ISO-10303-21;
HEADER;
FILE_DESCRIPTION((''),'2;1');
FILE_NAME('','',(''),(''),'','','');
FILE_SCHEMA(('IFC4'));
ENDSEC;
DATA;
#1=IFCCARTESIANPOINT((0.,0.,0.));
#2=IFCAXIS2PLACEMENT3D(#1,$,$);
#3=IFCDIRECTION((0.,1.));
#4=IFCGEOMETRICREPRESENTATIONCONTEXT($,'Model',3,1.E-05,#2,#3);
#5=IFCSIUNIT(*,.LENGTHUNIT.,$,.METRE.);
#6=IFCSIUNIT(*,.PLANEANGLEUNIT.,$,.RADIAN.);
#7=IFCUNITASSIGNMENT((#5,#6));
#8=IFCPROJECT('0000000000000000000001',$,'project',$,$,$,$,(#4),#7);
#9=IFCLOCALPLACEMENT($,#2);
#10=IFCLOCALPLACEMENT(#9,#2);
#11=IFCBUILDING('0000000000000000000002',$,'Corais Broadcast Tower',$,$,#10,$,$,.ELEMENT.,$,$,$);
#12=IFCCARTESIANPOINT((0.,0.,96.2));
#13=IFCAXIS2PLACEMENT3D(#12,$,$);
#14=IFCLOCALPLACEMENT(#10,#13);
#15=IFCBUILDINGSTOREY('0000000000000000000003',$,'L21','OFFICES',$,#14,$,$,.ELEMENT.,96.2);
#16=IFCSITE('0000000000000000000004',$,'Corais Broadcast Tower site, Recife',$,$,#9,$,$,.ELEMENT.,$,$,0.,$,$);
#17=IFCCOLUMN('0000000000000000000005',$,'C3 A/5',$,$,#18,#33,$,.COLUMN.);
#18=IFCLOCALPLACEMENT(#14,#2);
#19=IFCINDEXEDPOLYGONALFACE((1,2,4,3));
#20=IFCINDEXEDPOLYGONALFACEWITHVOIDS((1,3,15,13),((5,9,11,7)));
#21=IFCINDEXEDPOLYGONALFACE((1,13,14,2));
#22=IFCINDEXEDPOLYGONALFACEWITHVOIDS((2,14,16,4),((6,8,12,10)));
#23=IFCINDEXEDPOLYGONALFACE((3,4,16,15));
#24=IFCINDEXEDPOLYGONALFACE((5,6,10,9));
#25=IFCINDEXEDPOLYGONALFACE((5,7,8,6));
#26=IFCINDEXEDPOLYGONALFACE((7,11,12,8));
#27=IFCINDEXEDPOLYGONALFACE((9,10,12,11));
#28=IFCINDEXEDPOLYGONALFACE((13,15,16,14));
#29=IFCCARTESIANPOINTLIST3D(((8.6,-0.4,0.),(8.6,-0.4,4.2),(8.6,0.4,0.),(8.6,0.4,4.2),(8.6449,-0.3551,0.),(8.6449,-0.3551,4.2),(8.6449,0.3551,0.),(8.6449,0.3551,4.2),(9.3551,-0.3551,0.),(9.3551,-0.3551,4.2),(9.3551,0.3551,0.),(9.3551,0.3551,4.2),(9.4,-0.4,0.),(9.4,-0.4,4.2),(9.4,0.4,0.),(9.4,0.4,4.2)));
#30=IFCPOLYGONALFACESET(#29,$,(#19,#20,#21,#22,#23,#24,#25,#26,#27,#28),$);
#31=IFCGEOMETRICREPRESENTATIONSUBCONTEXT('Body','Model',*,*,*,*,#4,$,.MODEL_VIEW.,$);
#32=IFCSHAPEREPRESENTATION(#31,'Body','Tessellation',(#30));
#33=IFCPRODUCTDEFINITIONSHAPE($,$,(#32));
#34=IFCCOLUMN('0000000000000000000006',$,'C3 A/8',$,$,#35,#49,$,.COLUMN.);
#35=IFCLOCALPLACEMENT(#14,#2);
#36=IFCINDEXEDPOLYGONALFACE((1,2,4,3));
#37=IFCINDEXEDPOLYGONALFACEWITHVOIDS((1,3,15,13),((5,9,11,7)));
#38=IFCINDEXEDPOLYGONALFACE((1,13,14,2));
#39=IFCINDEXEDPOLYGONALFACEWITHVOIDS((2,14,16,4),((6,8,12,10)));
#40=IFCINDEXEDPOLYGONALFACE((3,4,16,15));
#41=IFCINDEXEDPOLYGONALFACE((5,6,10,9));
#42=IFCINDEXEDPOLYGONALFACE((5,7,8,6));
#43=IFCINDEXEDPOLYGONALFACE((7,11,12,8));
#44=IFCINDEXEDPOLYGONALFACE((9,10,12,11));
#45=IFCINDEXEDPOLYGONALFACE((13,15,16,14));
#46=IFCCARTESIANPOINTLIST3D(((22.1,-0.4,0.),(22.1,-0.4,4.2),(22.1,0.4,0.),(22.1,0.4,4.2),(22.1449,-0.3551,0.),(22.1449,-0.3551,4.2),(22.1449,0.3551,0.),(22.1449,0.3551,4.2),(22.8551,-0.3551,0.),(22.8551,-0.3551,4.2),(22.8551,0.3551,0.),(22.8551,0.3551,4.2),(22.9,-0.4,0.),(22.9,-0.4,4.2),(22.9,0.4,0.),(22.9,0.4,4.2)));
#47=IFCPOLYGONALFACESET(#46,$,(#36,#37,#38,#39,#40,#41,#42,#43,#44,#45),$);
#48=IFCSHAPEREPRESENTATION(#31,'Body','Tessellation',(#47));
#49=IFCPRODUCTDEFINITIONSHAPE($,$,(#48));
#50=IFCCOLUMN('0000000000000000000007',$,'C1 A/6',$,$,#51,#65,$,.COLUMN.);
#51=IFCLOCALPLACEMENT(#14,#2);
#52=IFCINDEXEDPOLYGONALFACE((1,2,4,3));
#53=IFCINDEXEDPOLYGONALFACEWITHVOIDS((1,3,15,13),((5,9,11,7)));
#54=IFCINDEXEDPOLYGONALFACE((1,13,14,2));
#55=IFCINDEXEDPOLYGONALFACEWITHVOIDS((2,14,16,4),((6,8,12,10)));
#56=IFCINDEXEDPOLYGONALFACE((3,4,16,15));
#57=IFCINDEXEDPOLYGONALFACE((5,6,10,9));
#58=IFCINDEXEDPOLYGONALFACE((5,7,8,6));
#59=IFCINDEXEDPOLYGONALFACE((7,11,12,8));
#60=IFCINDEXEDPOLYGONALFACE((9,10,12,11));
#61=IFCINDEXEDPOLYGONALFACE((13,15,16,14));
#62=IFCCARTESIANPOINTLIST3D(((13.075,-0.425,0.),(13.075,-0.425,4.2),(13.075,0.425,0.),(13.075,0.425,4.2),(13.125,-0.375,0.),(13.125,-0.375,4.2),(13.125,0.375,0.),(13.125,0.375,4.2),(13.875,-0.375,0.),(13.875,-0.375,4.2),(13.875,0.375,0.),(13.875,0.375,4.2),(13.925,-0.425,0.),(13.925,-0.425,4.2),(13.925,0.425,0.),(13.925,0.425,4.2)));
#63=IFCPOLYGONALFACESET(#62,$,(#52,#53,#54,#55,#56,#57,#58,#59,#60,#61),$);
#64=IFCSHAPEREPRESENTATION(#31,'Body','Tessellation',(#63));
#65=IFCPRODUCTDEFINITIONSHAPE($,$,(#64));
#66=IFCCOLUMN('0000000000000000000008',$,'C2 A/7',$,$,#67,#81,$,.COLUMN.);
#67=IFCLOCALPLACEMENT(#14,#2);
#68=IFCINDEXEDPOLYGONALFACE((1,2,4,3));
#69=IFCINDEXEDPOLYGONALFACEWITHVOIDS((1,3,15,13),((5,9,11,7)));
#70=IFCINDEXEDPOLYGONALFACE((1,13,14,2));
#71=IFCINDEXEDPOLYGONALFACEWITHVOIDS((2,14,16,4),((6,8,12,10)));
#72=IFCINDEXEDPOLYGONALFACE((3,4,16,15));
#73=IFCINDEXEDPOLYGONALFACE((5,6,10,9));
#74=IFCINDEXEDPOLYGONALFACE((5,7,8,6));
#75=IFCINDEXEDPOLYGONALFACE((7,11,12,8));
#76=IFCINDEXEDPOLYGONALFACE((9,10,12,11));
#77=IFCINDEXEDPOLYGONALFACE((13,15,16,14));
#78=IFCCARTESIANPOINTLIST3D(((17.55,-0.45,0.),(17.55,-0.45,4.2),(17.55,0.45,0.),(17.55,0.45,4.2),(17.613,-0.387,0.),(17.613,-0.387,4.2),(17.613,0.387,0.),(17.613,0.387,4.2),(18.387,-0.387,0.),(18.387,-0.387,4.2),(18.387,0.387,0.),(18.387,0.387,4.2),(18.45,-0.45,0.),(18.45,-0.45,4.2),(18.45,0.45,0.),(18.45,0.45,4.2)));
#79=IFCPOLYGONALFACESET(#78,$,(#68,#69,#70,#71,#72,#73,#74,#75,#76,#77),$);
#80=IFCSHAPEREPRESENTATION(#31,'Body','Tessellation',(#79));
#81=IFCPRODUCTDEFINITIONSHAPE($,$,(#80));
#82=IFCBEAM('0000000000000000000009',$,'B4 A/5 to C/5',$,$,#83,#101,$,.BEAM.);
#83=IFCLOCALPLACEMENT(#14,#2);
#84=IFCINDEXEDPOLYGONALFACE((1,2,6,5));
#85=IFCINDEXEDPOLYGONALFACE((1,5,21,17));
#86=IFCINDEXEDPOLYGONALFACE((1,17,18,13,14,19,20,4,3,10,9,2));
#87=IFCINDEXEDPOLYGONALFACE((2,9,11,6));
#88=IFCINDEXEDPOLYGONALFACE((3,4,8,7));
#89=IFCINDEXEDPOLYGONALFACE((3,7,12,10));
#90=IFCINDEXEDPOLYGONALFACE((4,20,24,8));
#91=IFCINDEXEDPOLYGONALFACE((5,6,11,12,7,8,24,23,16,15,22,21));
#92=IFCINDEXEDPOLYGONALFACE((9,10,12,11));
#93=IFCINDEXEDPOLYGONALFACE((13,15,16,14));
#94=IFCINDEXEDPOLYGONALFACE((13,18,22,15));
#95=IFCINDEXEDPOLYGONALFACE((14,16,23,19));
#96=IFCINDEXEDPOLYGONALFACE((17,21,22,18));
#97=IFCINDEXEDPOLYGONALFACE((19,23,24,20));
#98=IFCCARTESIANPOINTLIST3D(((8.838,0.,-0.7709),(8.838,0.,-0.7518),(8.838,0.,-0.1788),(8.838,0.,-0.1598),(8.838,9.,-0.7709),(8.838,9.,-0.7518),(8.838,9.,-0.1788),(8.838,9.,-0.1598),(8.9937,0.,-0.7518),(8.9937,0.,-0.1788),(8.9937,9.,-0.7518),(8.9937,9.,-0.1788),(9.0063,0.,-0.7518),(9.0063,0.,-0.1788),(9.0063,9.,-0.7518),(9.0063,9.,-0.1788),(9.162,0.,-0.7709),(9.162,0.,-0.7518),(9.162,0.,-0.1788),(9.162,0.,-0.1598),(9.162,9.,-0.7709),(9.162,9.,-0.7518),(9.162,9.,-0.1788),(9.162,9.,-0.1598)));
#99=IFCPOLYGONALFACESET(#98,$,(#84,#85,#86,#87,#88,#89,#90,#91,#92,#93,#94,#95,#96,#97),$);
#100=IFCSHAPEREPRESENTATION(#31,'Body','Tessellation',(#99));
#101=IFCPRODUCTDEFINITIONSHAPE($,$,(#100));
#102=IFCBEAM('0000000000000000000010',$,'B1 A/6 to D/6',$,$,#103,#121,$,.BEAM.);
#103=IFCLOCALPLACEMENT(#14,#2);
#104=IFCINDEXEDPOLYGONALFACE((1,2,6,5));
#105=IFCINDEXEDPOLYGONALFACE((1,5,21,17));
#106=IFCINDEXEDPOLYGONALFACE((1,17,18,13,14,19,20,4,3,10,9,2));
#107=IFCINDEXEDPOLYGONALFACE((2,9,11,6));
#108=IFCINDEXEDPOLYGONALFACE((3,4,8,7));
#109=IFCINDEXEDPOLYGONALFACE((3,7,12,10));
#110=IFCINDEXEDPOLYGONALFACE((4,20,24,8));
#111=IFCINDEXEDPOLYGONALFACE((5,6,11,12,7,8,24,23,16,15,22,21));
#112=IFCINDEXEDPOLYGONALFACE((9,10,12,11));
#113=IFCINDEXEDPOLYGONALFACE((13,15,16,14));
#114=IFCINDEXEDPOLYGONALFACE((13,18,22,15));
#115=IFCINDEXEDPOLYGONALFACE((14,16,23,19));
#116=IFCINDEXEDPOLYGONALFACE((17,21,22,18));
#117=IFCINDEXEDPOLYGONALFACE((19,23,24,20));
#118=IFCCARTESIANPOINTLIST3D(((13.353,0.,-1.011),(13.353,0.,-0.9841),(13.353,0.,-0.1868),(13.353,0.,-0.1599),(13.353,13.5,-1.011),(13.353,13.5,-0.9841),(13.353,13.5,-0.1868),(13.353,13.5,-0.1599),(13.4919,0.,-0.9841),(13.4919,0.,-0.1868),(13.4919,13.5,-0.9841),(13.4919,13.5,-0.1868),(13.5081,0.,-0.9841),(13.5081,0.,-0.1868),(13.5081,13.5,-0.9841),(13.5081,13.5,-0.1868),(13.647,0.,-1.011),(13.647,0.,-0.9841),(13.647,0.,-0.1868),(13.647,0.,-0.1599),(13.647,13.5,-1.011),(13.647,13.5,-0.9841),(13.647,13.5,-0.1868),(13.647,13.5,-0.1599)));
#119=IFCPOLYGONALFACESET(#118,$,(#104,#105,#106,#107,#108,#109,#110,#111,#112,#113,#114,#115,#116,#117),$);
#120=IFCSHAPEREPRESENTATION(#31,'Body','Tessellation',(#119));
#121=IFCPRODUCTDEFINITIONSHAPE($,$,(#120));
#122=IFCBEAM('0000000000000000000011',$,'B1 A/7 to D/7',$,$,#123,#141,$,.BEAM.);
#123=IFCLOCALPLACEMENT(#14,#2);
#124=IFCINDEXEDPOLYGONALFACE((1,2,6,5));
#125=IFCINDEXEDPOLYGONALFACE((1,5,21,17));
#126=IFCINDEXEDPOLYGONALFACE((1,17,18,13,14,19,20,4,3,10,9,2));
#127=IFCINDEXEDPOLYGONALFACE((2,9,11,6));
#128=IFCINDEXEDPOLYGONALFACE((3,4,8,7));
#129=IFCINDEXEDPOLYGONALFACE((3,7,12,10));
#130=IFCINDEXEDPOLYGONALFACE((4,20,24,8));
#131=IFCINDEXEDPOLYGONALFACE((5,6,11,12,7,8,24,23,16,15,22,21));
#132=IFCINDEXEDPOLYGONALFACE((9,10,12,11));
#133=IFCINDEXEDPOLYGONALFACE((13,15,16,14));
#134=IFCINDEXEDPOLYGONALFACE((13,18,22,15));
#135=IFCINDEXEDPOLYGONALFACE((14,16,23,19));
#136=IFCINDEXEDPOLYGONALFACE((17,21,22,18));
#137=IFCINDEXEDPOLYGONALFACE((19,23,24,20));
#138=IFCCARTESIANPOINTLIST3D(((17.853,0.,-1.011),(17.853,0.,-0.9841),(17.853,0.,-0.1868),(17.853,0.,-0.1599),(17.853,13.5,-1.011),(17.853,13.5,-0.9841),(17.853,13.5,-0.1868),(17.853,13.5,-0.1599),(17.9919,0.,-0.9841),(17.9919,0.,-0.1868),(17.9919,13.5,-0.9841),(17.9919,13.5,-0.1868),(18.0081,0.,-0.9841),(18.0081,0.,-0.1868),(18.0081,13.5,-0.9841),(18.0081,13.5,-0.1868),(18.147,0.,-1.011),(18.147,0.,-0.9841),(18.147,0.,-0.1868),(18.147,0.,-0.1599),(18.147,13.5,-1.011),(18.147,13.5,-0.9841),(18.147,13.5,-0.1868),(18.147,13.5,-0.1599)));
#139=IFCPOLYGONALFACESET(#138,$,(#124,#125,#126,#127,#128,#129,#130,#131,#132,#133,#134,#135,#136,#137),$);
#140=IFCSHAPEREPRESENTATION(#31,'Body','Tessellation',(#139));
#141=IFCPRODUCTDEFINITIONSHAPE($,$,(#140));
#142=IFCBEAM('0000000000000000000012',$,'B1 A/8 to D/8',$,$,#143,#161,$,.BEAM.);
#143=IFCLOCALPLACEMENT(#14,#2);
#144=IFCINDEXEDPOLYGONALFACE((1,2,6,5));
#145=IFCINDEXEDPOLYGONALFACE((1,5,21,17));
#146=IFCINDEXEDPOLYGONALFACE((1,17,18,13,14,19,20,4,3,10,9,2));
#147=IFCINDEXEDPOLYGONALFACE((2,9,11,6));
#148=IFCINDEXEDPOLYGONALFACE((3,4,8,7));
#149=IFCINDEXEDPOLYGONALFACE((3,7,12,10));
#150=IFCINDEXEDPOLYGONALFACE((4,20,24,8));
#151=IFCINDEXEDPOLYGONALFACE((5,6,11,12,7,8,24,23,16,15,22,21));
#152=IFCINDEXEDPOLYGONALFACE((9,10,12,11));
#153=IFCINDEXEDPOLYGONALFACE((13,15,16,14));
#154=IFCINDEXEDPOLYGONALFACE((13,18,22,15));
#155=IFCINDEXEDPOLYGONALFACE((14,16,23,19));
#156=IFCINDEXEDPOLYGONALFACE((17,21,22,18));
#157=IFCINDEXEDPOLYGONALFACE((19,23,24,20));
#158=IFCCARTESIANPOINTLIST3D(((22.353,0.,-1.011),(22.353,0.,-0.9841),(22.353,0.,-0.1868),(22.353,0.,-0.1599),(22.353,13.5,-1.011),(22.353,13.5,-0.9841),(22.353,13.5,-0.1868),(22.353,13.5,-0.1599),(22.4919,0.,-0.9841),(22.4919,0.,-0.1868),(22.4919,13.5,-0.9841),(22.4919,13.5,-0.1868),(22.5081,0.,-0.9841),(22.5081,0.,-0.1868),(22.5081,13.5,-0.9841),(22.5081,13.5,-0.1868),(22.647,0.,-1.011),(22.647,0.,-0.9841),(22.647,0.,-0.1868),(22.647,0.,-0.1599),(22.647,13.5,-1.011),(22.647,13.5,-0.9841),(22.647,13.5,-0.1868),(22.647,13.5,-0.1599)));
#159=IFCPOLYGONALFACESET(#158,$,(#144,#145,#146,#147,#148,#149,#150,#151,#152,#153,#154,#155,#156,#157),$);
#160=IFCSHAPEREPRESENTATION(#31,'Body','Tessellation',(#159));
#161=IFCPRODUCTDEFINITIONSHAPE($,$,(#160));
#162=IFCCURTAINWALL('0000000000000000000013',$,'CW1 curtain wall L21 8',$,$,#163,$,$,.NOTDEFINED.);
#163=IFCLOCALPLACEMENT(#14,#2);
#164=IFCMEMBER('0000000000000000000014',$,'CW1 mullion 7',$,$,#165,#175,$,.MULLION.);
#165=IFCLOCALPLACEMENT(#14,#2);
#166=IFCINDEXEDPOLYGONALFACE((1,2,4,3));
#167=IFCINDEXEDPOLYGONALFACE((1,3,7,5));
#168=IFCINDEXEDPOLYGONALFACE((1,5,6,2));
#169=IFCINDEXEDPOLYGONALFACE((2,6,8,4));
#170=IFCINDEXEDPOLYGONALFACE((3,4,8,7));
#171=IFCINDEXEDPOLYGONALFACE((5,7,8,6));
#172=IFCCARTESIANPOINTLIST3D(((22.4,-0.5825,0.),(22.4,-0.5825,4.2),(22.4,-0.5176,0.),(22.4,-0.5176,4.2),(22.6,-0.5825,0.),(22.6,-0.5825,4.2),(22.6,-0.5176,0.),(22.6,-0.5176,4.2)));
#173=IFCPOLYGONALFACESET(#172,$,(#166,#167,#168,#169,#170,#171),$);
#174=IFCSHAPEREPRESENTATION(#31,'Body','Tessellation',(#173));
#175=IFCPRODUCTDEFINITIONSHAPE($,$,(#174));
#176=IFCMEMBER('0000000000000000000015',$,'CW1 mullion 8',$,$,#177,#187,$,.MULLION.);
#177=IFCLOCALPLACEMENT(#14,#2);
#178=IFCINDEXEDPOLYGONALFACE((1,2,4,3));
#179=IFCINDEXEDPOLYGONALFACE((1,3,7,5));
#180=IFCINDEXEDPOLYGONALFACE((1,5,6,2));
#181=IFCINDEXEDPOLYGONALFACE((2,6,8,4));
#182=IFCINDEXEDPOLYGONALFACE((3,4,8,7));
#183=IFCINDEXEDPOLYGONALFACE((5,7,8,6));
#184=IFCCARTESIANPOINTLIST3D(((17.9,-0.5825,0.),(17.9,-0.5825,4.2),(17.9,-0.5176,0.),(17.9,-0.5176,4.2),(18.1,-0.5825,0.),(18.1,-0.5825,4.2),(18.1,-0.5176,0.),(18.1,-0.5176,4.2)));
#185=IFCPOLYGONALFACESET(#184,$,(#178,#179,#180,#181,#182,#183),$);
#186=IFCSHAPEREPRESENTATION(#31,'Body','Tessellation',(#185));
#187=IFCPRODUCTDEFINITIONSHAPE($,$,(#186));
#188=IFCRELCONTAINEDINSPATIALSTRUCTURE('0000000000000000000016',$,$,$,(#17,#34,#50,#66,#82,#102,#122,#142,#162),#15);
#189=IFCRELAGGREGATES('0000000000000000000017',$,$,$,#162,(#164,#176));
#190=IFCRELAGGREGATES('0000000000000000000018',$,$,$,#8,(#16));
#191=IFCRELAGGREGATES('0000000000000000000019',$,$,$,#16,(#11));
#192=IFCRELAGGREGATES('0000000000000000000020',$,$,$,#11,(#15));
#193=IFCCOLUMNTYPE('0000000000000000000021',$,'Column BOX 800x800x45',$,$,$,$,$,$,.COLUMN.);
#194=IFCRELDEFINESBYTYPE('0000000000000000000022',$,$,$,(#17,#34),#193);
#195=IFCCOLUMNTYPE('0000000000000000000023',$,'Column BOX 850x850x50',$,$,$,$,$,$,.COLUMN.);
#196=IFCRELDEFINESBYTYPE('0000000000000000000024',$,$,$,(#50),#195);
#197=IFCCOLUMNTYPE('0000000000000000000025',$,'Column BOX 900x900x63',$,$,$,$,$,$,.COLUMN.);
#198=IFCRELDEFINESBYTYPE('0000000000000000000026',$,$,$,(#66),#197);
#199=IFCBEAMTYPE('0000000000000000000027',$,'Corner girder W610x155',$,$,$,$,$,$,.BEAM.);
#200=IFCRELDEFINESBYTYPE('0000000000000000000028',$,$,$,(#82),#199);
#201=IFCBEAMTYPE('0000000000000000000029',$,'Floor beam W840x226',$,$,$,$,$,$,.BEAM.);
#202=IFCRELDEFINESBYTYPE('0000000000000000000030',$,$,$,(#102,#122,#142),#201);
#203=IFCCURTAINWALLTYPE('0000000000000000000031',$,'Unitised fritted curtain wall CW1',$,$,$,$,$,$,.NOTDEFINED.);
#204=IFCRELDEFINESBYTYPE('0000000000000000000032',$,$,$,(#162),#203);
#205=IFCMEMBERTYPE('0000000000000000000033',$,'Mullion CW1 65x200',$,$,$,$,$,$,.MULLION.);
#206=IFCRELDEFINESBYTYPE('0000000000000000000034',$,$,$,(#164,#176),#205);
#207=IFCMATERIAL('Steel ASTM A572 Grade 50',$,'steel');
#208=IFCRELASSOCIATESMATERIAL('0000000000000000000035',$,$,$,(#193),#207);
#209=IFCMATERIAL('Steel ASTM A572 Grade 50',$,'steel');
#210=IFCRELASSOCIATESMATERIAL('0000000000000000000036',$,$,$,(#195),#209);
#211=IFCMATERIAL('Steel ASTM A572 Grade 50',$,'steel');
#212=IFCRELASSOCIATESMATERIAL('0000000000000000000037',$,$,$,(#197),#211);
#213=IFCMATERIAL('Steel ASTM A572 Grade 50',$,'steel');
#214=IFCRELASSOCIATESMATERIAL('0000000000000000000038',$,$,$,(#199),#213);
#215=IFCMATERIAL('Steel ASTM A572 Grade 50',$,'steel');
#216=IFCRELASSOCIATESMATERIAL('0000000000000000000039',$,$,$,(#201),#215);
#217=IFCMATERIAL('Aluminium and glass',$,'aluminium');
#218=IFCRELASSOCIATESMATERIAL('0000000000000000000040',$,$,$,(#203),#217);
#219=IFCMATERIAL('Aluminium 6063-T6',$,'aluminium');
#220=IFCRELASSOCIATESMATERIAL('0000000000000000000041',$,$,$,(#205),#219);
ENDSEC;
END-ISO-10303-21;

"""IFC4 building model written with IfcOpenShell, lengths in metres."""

from ifc_helpers import new_model, si_unit, direction, frame, origin, origin_2d, place, context, subcontext, project, spatial, rectangle, hollow_rectangle, i_section, extrude, material, material_profile, profile_set, type_object, element, aggregate, save


model = new_model("IFC4")

# Units and contexts
model_context = context("Model", 3, precision=1e-05, world=origin(), true_north=direction((0.0, 1.0)))
body_context = subcontext(model_context, "Body", "Model", "MODEL_VIEW")
ifc_project = project(units=[si_unit("LENGTHUNIT", "METRE"), si_unit("PLANEANGLEUNIT", "RADIAN")], contexts=[model_context])

# Site, building, storey
site_placement = place(None, origin())
site = spatial("IfcSite", under=ifc_project, at=site_placement, Name="Corais Broadcast Tower site, Recife", CompositionType="ELEMENT", RefElevation=0.0)
building_placement = place(site_placement, origin())
building = spatial("IfcBuilding", under=site, at=building_placement, Name="Corais Broadcast Tower", CompositionType="ELEMENT")
storey_placement = place(building_placement, frame((0.0, 0.0, 96.2)))
storey = spatial("IfcBuildingStorey", under=building, at=storey_placement, Name="L21", Description="OFFICES", CompositionType="ELEMENT", Elevation=96.2)

# Columns
ifc_material_1 = material(Name="Steel ASTM A572 Grade 50", Category="steel")
ifc_material_profile_1 = material_profile(ifc_material_1, hollow_rectangle(XDim=0.8, YDim=0.8, WallThickness=0.0449, at=origin_2d()), Name="BOX 800x800x45")
ifc_profile_set_1 = profile_set([ifc_material_profile_1], Name="Steel ASTM A572 Grade 50")
column_type_1 = type_object("IfcColumnType", Name="Column BOX 800x800x45", PredefinedType="COLUMN", material=ifc_profile_set_1)
for number, where, z_axis, x_axis, name in (
    (1, (9.0, 0.0, 0.0), (0.0, 0.0, 1.0), (1.0, 0.0, 0.0), "C3 A/5"),
    (2, (22.5, 0.0, 0.0), (0.0, 0.0, 1.0), (1.0, 0.0, 0.0), "C3 A/8"),
):
    element("IfcColumn", number, at=place(storey_placement, frame(where, z_axis=z_axis, x_axis=x_axis)), inside=storey, type_object=column_type_1, Name=name, PredefinedType="COLUMN", context=body_context, shape_type="SweptSolid", body=[
        extrude(hollow_rectangle(XDim=0.8, YDim=0.8, WallThickness=0.0449, at=origin_2d()), origin(), (0.0, 0.0, 1.0), 4.2),
    ])
ifc_material_2 = material(Name="Steel ASTM A572 Grade 50", Category="steel")
ifc_material_profile_2 = material_profile(ifc_material_2, hollow_rectangle(XDim=0.8501, YDim=0.8501, WallThickness=0.05, at=origin_2d()), Name="BOX 850x850x50")
ifc_profile_set_2 = profile_set([ifc_material_profile_2], Name="Steel ASTM A572 Grade 50")
column_type_2 = type_object("IfcColumnType", Name="Column BOX 850x850x50", PredefinedType="COLUMN", material=ifc_profile_set_2)
column_1_placement = place(storey_placement, frame((13.5, 0.0, 0.0), z_axis=(0.0, 0.0, 1.0), x_axis=(1.0, 0.0, 0.0)))
element("IfcColumn", 3, at=column_1_placement, inside=storey, type_object=column_type_2, Name="C1 A/6", PredefinedType="COLUMN", context=body_context, shape_type="SweptSolid", body=[
    extrude(hollow_rectangle(XDim=0.8501, YDim=0.8501, WallThickness=0.05, at=origin_2d()), origin(), (0.0, 0.0, 1.0), 4.2),
])
ifc_material_3 = material(Name="Steel ASTM A572 Grade 50", Category="steel")
ifc_material_profile_3 = material_profile(ifc_material_3, hollow_rectangle(XDim=0.8999, YDim=0.8999, WallThickness=0.063, at=origin_2d()), Name="BOX 900x900x63")
ifc_profile_set_3 = profile_set([ifc_material_profile_3], Name="Steel ASTM A572 Grade 50")
column_type_3 = type_object("IfcColumnType", Name="Column BOX 900x900x63", PredefinedType="COLUMN", material=ifc_profile_set_3)
column_2_placement = place(storey_placement, frame((18.0, 0.0, 0.0), z_axis=(0.0, 0.0, 1.0), x_axis=(1.0, 0.0, 0.0)))
element("IfcColumn", 4, at=column_2_placement, inside=storey, type_object=column_type_3, Name="C2 A/7", PredefinedType="COLUMN", context=body_context, shape_type="SweptSolid", body=[
    extrude(hollow_rectangle(XDim=0.8999, YDim=0.8999, WallThickness=0.063, at=origin_2d()), origin(), (0.0, 0.0, 1.0), 4.2),
])

# Beams
ifc_material_4 = material(Name="Steel ASTM A572 Grade 50", Category="steel")
ifc_material_profile_4 = material_profile(ifc_material_4, i_section(OverallWidth=0.324, OverallDepth=0.6111, WebThickness=0.0127, FlangeThickness=0.019, at=origin_2d()), Name="W610x155")
ifc_profile_set_4 = profile_set([ifc_material_profile_4], Name="Steel ASTM A572 Grade 50")
beam_type_1 = type_object("IfcBeamType", Name="Corner girder W610x155", PredefinedType="BEAM", material=ifc_profile_set_4)
beam_1_placement = place(storey_placement, frame((9.0, 0.0, -0.4653), z_axis=(0.0, 1.0, 0.0), x_axis=(-1.0, 0.0, 0.0)))
element("IfcBeam", 5, at=beam_1_placement, inside=storey, type_object=beam_type_1, Name="B4 A/5 to C/5", PredefinedType="BEAM", context=body_context, shape_type="SweptSolid", body=[
    extrude(i_section(OverallWidth=0.324, OverallDepth=0.6111, WebThickness=0.0127, FlangeThickness=0.019, at=origin_2d()), origin(), (0.0, 0.0, 1.0), 9.0),
])
ifc_material_5 = material(Name="Steel ASTM A572 Grade 50", Category="steel")
ifc_material_profile_5 = material_profile(ifc_material_5, i_section(OverallWidth=0.2939, OverallDepth=0.8511, WebThickness=0.0161, FlangeThickness=0.0269, at=origin_2d()), Name="W840x226")
ifc_profile_set_5 = profile_set([ifc_material_profile_5], Name="Steel ASTM A572 Grade 50")
beam_type_2 = type_object("IfcBeamType", Name="Floor beam W840x226", PredefinedType="BEAM", material=ifc_profile_set_5)
for number, where, z_axis, x_axis, name in (
    (6, (13.5, 0.0, -0.5854), (0.0, 1.0, 0.0), (-1.0, 0.0, 0.0), "B1 A/6 to D/6"),
    (7, (18.0, 0.0, -0.5854), (0.0, 1.0, 0.0), (-1.0, 0.0, 0.0), "B1 A/7 to D/7"),
    (8, (22.5, 0.0, -0.5854), (0.0, 1.0, 0.0), (-1.0, 0.0, 0.0), "B1 A/8 to D/8"),
):
    element("IfcBeam", number, at=place(storey_placement, frame(where, z_axis=z_axis, x_axis=x_axis)), inside=storey, type_object=beam_type_2, Name=name, PredefinedType="BEAM", context=body_context, shape_type="SweptSolid", body=[
        extrude(i_section(OverallWidth=0.2939, OverallDepth=0.8511, WebThickness=0.0161, FlangeThickness=0.0269, at=origin_2d()), origin(), (0.0, 0.0, 1.0), 13.5),
    ])

# Curtain wall, members
ifc_material_6 = material(Name="Aluminium and glass", Category="aluminium")
curtain_wall_type = type_object("IfcCurtainWallType", Name="Unitised fritted curtain wall CW1", PredefinedType="NOTDEFINED", material=ifc_material_6)
curtain_wall_placement = place(storey_placement, origin())
curtain_wall = element("IfcCurtainWall", 9, at=curtain_wall_placement, inside=storey, type_object=curtain_wall_type, Name="CW1 curtain wall L21 8", PredefinedType="NOTDEFINED")
ifc_material_7 = material(Name="Aluminium 6063-T6", Category="aluminium")
ifc_material_profile_6 = material_profile(ifc_material_7, rectangle(XDim=0.0649, YDim=0.2, at=origin_2d()), Name="Mullion CW1 65x200")
ifc_profile_set_6 = profile_set([ifc_material_profile_6], Name="Aluminium 6063-T6")
member_type_1 = type_object("IfcMemberType", Name="Mullion CW1 65x200", PredefinedType="MULLION", material=ifc_profile_set_6)
member_1_placement = place(storey_placement, frame((22.5, -0.55, 0.0), z_axis=(0.0, 0.0, 1.0), x_axis=(0.0, -1.0, 0.0)))
member_1 = element("IfcMember", 10, at=member_1_placement, type_object=member_type_1, Name="CW1 mullion 7", PredefinedType="MULLION", context=body_context, shape_type="SweptSolid", body=[
    extrude(rectangle(XDim=0.0649, YDim=0.2, at=origin_2d()), origin(), (0.0, 0.0, 1.0), 4.2),
])
member_2_placement = place(storey_placement, frame((18.0, -0.55, 0.0), z_axis=(0.0, 0.0, 1.0), x_axis=(0.0, -1.0, 0.0)))
member_2 = element("IfcMember", 11, at=member_2_placement, type_object=member_type_1, Name="CW1 mullion 8", PredefinedType="MULLION", context=body_context, shape_type="SweptSolid", body=[
    extrude(rectangle(XDim=0.0649, YDim=0.2, at=origin_2d()), origin(), (0.0, 0.0, 1.0), 4.2),
])

aggregate(curtain_wall, [member_1, member_2])

save(model, "model.ifc")
